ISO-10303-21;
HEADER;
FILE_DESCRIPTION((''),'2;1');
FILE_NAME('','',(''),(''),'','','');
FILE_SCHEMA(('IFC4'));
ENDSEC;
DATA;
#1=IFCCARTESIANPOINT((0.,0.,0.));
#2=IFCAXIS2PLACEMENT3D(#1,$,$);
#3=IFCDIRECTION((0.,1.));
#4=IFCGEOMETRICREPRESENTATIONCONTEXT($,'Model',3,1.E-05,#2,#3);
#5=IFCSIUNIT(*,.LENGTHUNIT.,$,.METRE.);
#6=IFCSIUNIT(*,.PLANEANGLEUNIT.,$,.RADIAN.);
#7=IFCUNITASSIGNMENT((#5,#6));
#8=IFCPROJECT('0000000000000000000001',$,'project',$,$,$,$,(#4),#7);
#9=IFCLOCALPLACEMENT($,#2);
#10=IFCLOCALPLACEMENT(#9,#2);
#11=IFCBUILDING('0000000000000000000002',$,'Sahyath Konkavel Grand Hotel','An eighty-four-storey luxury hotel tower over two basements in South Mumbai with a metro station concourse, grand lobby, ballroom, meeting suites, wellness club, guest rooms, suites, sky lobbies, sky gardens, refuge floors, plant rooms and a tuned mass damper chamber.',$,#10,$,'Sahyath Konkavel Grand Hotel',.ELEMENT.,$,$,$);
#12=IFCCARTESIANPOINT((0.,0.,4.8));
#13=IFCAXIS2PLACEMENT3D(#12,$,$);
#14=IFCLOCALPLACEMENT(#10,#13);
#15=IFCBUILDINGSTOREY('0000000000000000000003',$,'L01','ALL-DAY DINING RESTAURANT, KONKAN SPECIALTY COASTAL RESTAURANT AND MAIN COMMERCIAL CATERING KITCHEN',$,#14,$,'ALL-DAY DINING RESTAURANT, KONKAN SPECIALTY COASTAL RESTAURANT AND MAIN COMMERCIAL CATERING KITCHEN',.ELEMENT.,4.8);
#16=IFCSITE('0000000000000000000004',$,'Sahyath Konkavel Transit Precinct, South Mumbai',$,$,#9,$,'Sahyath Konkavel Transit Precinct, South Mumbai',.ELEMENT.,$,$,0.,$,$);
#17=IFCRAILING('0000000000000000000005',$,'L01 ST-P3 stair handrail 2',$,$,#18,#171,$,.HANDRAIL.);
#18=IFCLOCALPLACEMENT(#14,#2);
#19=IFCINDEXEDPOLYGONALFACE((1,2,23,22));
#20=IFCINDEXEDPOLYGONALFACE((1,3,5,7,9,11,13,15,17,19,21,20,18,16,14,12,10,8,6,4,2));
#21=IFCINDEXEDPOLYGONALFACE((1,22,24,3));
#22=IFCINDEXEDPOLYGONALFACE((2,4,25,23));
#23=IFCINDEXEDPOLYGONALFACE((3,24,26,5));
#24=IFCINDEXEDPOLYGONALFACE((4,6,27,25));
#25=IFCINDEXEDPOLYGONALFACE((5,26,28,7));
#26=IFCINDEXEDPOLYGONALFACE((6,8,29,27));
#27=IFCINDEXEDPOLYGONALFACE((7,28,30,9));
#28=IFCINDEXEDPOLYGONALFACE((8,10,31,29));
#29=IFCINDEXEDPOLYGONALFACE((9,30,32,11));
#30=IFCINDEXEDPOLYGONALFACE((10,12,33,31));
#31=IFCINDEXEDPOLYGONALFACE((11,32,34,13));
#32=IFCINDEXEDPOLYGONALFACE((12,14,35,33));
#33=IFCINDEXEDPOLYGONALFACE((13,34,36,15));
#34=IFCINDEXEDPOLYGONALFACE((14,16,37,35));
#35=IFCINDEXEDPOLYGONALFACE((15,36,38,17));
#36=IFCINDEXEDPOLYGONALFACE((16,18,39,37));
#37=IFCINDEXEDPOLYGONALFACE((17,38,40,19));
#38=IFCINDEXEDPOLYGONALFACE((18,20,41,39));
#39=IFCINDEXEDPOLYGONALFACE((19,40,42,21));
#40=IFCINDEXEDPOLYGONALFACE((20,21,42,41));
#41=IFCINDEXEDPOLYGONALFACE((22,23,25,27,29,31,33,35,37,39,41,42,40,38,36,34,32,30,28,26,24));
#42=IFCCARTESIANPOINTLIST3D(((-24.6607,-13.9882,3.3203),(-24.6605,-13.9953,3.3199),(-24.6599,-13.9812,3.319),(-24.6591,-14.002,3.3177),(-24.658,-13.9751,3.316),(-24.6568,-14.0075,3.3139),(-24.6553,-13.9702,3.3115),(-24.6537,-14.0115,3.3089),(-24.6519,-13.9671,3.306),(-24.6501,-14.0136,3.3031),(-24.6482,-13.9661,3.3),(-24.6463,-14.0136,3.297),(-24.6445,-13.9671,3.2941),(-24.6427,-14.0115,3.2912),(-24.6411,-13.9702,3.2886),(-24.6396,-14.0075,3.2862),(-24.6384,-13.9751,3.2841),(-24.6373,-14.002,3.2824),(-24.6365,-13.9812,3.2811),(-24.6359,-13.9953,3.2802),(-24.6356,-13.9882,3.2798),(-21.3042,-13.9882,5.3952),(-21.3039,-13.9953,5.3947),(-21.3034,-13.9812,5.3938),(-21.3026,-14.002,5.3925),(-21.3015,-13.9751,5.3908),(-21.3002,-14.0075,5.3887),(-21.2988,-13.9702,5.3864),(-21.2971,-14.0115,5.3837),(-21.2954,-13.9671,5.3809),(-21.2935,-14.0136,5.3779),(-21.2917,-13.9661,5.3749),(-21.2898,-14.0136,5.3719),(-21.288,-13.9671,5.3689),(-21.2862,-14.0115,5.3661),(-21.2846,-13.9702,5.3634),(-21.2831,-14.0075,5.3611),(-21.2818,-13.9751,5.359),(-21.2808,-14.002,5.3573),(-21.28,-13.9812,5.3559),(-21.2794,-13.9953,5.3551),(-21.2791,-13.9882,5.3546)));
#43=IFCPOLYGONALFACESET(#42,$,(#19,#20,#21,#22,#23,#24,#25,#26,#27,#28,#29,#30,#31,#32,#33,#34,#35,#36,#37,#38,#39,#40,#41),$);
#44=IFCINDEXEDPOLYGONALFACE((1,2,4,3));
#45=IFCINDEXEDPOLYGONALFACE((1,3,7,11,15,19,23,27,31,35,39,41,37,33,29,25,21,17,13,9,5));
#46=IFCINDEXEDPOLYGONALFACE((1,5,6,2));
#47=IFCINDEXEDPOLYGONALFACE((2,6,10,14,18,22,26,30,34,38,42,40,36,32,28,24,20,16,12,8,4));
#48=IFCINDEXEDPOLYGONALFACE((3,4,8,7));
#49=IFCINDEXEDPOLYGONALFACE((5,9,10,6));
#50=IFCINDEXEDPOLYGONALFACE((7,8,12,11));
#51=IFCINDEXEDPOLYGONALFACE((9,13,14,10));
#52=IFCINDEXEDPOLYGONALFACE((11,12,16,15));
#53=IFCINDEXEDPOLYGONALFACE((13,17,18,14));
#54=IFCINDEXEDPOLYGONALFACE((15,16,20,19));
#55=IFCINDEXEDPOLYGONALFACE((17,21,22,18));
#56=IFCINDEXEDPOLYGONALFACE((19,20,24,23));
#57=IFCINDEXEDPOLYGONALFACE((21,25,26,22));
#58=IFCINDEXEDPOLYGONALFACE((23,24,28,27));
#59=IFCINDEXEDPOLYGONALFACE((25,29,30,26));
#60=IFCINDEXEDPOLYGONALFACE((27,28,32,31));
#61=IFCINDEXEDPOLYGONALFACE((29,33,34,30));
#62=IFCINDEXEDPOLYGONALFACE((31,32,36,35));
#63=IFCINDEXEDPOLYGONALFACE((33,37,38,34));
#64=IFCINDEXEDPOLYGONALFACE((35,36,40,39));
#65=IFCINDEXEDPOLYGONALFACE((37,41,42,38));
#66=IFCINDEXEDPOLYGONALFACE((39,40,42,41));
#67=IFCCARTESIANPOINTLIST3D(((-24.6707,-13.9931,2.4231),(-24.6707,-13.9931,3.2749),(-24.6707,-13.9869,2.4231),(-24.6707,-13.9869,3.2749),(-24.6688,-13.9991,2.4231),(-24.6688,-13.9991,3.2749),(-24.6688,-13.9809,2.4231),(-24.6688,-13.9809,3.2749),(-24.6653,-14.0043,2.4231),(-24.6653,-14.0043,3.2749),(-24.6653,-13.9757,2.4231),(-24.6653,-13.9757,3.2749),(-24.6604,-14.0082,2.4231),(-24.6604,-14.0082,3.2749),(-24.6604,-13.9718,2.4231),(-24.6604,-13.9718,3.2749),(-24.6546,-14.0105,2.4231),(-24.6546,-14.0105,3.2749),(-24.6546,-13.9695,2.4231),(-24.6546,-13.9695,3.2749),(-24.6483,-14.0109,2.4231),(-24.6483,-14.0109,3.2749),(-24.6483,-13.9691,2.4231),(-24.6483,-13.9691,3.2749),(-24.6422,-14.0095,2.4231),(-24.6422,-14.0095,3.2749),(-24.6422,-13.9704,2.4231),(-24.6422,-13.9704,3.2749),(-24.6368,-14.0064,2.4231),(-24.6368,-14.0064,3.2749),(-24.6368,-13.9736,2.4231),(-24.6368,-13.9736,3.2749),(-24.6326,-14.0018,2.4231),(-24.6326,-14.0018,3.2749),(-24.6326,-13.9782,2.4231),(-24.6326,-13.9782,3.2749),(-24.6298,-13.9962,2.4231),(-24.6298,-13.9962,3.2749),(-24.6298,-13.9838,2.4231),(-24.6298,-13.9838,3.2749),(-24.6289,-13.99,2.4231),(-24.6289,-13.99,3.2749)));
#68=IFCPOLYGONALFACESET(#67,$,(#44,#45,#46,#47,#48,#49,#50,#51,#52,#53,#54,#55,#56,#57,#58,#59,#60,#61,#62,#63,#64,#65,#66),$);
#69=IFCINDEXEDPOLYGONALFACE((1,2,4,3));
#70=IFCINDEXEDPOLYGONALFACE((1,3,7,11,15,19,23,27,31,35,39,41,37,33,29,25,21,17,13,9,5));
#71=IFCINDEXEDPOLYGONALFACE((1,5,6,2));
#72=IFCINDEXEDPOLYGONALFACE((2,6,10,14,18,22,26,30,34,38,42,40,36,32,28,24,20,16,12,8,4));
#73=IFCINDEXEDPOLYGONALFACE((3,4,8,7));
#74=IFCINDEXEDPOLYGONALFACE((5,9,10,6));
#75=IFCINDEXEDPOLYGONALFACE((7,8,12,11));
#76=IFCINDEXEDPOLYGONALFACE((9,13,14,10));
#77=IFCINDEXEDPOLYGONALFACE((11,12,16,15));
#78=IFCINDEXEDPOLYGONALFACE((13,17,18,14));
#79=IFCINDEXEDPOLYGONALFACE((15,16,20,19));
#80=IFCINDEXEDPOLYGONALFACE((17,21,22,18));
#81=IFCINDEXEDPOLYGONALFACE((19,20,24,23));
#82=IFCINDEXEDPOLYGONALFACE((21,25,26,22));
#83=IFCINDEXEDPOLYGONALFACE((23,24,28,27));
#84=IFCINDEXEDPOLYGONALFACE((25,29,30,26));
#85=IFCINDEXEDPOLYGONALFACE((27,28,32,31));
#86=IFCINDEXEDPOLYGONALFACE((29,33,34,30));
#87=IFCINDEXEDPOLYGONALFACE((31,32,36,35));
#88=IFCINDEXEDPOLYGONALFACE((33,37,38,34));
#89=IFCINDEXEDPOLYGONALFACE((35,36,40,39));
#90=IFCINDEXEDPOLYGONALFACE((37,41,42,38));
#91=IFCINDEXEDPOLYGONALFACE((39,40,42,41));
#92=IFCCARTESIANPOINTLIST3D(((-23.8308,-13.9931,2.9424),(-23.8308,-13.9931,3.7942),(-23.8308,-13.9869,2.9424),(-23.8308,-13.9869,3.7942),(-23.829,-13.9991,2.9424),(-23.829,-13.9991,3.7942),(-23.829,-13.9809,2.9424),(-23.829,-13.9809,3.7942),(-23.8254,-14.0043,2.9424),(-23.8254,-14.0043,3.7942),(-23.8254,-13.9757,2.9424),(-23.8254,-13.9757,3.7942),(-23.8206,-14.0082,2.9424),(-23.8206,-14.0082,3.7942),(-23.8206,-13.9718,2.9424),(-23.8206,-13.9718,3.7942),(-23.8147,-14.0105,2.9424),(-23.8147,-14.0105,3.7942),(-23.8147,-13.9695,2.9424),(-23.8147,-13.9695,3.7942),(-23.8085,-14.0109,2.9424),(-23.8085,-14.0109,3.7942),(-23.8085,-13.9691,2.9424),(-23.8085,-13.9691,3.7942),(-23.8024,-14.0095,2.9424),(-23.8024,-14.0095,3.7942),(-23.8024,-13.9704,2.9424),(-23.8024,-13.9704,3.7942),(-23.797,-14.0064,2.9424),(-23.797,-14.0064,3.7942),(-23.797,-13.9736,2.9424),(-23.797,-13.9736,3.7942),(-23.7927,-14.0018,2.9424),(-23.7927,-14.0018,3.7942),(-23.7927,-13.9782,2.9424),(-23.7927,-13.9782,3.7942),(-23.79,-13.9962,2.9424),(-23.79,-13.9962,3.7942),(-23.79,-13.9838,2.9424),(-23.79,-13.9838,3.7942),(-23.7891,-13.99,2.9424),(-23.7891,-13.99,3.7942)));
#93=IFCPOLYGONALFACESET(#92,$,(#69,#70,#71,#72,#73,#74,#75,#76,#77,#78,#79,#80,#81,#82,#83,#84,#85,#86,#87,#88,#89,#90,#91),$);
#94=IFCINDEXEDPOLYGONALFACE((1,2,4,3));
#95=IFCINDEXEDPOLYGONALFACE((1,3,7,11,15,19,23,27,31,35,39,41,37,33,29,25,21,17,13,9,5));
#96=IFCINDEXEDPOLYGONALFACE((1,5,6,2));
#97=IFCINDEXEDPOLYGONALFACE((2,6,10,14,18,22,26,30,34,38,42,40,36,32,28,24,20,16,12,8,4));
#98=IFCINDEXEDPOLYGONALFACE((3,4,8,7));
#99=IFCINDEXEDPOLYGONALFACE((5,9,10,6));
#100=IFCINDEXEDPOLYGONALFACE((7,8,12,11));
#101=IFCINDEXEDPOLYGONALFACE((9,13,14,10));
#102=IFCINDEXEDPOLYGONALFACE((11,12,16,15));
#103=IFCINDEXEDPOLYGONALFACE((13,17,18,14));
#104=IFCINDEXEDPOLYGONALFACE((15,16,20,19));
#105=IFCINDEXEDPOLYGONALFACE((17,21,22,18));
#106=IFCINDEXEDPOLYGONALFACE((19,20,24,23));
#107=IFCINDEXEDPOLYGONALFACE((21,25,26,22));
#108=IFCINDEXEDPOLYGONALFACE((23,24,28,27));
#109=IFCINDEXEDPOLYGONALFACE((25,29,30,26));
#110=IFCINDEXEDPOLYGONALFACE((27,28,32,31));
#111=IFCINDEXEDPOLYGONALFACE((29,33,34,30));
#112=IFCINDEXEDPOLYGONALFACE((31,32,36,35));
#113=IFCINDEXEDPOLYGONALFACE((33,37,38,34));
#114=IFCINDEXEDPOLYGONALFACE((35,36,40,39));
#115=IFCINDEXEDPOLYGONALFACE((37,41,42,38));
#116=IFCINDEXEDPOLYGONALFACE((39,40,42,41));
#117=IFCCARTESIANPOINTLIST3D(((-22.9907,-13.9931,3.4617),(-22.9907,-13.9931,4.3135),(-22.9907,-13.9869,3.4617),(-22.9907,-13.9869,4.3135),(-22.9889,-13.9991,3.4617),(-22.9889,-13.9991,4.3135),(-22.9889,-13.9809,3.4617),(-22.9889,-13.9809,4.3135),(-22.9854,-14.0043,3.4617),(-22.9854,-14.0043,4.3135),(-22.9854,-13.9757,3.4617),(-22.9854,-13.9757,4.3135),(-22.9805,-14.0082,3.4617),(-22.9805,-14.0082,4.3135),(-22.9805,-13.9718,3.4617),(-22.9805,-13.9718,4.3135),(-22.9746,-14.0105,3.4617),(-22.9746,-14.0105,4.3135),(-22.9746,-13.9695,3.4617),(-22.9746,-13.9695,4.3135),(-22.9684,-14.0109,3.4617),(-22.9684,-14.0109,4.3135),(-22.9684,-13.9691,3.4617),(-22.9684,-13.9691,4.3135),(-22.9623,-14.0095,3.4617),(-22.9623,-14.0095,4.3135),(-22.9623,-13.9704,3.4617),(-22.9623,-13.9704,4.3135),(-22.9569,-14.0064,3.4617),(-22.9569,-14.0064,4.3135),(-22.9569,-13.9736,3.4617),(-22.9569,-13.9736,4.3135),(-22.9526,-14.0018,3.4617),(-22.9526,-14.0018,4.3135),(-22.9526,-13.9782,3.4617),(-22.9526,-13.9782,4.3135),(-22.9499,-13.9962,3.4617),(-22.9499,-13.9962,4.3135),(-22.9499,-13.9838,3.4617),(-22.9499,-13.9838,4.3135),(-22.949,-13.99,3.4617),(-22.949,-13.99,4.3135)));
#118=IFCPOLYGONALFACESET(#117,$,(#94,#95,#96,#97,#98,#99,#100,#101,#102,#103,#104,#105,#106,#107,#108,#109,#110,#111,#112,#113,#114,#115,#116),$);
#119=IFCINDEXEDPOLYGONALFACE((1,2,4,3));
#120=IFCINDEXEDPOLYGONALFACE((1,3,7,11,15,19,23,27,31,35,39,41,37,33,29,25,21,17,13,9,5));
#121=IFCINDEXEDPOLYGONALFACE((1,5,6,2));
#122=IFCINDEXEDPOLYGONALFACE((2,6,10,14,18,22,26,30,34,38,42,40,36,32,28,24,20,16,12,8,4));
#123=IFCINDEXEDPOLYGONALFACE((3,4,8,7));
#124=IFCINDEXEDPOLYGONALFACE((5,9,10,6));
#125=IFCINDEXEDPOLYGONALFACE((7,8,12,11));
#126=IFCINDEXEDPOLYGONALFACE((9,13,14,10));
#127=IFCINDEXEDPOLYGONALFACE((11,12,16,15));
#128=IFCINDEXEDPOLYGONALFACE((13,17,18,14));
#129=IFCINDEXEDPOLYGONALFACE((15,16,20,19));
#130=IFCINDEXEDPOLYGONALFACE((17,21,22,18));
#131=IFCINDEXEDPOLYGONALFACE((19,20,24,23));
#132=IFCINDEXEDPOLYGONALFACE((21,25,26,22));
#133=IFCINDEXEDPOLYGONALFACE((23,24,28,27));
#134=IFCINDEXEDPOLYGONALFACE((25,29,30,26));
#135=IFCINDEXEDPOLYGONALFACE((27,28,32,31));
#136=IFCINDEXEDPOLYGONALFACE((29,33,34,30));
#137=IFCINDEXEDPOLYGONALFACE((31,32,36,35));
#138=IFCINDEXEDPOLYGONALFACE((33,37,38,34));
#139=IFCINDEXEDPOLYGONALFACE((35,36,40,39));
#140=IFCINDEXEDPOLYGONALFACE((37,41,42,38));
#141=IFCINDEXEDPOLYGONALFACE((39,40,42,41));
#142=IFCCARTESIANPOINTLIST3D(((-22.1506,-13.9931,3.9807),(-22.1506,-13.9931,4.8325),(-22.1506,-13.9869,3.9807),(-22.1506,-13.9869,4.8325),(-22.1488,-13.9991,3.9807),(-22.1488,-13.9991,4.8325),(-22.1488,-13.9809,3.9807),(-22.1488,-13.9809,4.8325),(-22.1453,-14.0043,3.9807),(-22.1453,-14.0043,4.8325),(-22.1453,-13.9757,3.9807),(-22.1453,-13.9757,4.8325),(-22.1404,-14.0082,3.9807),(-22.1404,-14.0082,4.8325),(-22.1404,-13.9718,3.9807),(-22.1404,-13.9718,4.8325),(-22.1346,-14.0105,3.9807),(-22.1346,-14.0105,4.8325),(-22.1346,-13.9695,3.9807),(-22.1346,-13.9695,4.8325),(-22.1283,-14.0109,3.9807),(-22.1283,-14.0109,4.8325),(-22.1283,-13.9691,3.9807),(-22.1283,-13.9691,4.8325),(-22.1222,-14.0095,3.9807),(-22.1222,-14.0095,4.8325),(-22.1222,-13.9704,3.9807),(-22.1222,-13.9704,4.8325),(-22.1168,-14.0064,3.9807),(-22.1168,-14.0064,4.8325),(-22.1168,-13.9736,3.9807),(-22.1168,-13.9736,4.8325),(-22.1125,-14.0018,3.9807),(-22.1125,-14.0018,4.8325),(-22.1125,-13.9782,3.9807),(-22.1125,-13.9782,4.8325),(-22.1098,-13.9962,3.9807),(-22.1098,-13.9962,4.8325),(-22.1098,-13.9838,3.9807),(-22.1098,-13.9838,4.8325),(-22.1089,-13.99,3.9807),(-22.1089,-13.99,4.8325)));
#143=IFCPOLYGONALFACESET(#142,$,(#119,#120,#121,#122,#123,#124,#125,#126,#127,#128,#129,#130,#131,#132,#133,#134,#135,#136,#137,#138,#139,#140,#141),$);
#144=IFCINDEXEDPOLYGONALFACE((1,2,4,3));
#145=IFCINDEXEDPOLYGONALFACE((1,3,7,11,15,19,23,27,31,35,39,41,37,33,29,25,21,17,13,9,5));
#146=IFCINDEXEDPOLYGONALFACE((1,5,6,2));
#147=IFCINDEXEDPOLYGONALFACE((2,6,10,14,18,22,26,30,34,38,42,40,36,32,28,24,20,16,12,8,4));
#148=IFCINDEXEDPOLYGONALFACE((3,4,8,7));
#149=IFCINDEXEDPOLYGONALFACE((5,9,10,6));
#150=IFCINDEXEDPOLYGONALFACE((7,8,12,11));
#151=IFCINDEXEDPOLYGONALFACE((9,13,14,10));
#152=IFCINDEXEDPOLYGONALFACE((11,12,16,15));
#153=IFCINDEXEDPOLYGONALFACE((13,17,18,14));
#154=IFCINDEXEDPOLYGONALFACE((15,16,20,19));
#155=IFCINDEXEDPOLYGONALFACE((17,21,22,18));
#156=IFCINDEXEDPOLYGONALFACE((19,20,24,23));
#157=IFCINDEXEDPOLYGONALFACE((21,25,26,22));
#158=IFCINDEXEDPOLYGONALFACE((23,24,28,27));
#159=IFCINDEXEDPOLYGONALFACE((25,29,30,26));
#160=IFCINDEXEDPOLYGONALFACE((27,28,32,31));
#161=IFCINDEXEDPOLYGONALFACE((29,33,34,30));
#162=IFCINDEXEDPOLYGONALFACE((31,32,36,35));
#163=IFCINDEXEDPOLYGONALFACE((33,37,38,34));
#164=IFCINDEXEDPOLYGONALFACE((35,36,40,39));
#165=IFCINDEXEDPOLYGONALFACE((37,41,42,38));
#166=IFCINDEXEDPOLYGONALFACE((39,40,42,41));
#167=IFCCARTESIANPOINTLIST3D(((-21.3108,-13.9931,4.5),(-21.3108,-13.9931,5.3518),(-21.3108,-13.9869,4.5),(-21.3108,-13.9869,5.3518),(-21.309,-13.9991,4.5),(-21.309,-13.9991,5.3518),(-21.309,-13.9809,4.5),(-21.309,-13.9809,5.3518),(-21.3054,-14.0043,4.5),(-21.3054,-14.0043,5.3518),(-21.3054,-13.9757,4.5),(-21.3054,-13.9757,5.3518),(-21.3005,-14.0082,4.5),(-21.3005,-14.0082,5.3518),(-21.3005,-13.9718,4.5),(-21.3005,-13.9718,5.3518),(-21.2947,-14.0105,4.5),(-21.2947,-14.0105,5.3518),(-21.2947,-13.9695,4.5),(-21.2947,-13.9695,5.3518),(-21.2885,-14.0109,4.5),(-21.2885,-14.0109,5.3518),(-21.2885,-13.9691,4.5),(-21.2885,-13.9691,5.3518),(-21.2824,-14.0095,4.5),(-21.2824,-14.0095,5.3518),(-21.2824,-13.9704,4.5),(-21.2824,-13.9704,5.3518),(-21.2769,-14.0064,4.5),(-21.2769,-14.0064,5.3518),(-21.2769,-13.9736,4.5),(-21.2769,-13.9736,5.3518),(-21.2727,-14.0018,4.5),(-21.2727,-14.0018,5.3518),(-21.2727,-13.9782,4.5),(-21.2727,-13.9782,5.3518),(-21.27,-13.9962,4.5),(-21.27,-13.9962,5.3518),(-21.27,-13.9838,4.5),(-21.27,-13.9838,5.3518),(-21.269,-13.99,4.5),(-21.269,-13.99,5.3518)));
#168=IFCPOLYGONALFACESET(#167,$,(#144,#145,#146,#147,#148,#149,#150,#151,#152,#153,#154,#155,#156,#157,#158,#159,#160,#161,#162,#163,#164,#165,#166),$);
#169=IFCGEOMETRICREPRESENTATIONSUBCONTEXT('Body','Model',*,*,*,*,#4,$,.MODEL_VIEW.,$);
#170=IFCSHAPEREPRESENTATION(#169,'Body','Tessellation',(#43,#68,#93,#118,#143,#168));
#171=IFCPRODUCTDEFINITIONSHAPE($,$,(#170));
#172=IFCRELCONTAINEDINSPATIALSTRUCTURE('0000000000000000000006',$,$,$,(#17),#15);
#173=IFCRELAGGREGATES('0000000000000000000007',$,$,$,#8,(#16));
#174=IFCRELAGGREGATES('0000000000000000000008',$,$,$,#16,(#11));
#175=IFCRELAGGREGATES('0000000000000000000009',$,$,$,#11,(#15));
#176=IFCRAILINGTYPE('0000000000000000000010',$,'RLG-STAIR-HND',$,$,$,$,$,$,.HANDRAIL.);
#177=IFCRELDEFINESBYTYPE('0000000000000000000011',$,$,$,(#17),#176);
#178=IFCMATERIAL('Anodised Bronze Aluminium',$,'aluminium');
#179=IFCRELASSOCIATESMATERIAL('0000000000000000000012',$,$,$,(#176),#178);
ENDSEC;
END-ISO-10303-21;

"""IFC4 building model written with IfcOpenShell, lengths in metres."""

from ifc_helpers import new_model, si_unit, direction, frame, origin, origin_2d, place, context, subcontext, project, spatial, circle, extrude, material, type_object, element, save


model = new_model("IFC4")

# Units and contexts
model_context = context("Model", 3, precision=1e-05, world=origin(), true_north=direction((0.0, 1.0)))
body_context = subcontext(model_context, "Body", "Model", "MODEL_VIEW")
ifc_project = project(units=[si_unit("LENGTHUNIT", "METRE"), si_unit("PLANEANGLEUNIT", "RADIAN")], contexts=[model_context])

# Site, building, storey
site_placement = place(None, origin())
site = spatial("IfcSite", under=ifc_project, at=site_placement, Name="Sahyath Konkavel Transit Precinct, South Mumbai", LongName="Sahyath Konkavel Transit Precinct, South Mumbai", CompositionType="ELEMENT", RefElevation=0.0)
building_placement = place(site_placement, origin())
building = spatial("IfcBuilding", under=site, at=building_placement, Name="Sahyath Konkavel Grand Hotel", Description="An eighty-four-storey luxury hotel tower over two basements in South Mumbai with a metro station concourse, grand lobby, ballroom, meeting suites, wellness club, guest rooms, suites, sky lobbies, sky gardens, refuge floors, plant rooms and a tuned mass damper chamber.", LongName="Sahyath Konkavel Grand Hotel", CompositionType="ELEMENT")
storey_placement = place(building_placement, frame((0.0, 0.0, 4.8)))
storey = spatial("IfcBuildingStorey", under=building, at=storey_placement, Name="L01", Description="ALL-DAY DINING RESTAURANT, KONKAN SPECIALTY COASTAL RESTAURANT AND MAIN COMMERCIAL CATERING KITCHEN", LongName="ALL-DAY DINING RESTAURANT, KONKAN SPECIALTY COASTAL RESTAURANT AND MAIN COMMERCIAL CATERING KITCHEN", CompositionType="ELEMENT", Elevation=4.8)

# Shared definitions
ifc_material_1 = material(Name="Anodised Bronze Aluminium", Category="aluminium")

# Railing
railing_type_1 = type_object("IfcRailingType", Name="RLG-STAIR-HND", PredefinedType="HANDRAIL", material=ifc_material_1)
railing_1_placement = place(storey_placement, frame((-24.6499, -13.99, 2.4231)))
element("IfcRailing", 1, at=railing_1_placement, inside=storey, type_object=railing_type_1, Name="L01 ST-P3 stair handrail 2", PredefinedType="HANDRAIL", context=body_context, shape_type="SweptSolid", body=[
    extrude(circle(Radius=0.0239, at=origin_2d()), frame((0.0017, 0.0, 0.877), z_axis=(0.850606, 0.0, 0.525803), x_axis=(0.0, 1.0, 0.0)), (0.0, 0.0, 1.0), 3.946),
    extrude(circle(Radius=0.021, at=origin_2d()), origin(), (0.0, 0.0, 1.0), 0.8518),
    extrude(circle(Radius=0.021, at=origin_2d()), frame((0.8398, 0.0, 0.5193)), (0.0, 0.0, 1.0), 0.8518),
    extrude(circle(Radius=0.021, at=origin_2d()), frame((1.6799, 0.0, 1.0386)), (0.0, 0.0, 1.0), 0.8518),
    extrude(circle(Radius=0.021, at=origin_2d()), frame((2.52, 0.0, 1.5576)), (0.0, 0.0, 1.0), 0.8518),
    extrude(circle(Radius=0.021, at=origin_2d()), frame((3.3599, 0.0, 2.0769)), (0.0, 0.0, 1.0), 0.8518),
])

save(model, "model.ifc")
